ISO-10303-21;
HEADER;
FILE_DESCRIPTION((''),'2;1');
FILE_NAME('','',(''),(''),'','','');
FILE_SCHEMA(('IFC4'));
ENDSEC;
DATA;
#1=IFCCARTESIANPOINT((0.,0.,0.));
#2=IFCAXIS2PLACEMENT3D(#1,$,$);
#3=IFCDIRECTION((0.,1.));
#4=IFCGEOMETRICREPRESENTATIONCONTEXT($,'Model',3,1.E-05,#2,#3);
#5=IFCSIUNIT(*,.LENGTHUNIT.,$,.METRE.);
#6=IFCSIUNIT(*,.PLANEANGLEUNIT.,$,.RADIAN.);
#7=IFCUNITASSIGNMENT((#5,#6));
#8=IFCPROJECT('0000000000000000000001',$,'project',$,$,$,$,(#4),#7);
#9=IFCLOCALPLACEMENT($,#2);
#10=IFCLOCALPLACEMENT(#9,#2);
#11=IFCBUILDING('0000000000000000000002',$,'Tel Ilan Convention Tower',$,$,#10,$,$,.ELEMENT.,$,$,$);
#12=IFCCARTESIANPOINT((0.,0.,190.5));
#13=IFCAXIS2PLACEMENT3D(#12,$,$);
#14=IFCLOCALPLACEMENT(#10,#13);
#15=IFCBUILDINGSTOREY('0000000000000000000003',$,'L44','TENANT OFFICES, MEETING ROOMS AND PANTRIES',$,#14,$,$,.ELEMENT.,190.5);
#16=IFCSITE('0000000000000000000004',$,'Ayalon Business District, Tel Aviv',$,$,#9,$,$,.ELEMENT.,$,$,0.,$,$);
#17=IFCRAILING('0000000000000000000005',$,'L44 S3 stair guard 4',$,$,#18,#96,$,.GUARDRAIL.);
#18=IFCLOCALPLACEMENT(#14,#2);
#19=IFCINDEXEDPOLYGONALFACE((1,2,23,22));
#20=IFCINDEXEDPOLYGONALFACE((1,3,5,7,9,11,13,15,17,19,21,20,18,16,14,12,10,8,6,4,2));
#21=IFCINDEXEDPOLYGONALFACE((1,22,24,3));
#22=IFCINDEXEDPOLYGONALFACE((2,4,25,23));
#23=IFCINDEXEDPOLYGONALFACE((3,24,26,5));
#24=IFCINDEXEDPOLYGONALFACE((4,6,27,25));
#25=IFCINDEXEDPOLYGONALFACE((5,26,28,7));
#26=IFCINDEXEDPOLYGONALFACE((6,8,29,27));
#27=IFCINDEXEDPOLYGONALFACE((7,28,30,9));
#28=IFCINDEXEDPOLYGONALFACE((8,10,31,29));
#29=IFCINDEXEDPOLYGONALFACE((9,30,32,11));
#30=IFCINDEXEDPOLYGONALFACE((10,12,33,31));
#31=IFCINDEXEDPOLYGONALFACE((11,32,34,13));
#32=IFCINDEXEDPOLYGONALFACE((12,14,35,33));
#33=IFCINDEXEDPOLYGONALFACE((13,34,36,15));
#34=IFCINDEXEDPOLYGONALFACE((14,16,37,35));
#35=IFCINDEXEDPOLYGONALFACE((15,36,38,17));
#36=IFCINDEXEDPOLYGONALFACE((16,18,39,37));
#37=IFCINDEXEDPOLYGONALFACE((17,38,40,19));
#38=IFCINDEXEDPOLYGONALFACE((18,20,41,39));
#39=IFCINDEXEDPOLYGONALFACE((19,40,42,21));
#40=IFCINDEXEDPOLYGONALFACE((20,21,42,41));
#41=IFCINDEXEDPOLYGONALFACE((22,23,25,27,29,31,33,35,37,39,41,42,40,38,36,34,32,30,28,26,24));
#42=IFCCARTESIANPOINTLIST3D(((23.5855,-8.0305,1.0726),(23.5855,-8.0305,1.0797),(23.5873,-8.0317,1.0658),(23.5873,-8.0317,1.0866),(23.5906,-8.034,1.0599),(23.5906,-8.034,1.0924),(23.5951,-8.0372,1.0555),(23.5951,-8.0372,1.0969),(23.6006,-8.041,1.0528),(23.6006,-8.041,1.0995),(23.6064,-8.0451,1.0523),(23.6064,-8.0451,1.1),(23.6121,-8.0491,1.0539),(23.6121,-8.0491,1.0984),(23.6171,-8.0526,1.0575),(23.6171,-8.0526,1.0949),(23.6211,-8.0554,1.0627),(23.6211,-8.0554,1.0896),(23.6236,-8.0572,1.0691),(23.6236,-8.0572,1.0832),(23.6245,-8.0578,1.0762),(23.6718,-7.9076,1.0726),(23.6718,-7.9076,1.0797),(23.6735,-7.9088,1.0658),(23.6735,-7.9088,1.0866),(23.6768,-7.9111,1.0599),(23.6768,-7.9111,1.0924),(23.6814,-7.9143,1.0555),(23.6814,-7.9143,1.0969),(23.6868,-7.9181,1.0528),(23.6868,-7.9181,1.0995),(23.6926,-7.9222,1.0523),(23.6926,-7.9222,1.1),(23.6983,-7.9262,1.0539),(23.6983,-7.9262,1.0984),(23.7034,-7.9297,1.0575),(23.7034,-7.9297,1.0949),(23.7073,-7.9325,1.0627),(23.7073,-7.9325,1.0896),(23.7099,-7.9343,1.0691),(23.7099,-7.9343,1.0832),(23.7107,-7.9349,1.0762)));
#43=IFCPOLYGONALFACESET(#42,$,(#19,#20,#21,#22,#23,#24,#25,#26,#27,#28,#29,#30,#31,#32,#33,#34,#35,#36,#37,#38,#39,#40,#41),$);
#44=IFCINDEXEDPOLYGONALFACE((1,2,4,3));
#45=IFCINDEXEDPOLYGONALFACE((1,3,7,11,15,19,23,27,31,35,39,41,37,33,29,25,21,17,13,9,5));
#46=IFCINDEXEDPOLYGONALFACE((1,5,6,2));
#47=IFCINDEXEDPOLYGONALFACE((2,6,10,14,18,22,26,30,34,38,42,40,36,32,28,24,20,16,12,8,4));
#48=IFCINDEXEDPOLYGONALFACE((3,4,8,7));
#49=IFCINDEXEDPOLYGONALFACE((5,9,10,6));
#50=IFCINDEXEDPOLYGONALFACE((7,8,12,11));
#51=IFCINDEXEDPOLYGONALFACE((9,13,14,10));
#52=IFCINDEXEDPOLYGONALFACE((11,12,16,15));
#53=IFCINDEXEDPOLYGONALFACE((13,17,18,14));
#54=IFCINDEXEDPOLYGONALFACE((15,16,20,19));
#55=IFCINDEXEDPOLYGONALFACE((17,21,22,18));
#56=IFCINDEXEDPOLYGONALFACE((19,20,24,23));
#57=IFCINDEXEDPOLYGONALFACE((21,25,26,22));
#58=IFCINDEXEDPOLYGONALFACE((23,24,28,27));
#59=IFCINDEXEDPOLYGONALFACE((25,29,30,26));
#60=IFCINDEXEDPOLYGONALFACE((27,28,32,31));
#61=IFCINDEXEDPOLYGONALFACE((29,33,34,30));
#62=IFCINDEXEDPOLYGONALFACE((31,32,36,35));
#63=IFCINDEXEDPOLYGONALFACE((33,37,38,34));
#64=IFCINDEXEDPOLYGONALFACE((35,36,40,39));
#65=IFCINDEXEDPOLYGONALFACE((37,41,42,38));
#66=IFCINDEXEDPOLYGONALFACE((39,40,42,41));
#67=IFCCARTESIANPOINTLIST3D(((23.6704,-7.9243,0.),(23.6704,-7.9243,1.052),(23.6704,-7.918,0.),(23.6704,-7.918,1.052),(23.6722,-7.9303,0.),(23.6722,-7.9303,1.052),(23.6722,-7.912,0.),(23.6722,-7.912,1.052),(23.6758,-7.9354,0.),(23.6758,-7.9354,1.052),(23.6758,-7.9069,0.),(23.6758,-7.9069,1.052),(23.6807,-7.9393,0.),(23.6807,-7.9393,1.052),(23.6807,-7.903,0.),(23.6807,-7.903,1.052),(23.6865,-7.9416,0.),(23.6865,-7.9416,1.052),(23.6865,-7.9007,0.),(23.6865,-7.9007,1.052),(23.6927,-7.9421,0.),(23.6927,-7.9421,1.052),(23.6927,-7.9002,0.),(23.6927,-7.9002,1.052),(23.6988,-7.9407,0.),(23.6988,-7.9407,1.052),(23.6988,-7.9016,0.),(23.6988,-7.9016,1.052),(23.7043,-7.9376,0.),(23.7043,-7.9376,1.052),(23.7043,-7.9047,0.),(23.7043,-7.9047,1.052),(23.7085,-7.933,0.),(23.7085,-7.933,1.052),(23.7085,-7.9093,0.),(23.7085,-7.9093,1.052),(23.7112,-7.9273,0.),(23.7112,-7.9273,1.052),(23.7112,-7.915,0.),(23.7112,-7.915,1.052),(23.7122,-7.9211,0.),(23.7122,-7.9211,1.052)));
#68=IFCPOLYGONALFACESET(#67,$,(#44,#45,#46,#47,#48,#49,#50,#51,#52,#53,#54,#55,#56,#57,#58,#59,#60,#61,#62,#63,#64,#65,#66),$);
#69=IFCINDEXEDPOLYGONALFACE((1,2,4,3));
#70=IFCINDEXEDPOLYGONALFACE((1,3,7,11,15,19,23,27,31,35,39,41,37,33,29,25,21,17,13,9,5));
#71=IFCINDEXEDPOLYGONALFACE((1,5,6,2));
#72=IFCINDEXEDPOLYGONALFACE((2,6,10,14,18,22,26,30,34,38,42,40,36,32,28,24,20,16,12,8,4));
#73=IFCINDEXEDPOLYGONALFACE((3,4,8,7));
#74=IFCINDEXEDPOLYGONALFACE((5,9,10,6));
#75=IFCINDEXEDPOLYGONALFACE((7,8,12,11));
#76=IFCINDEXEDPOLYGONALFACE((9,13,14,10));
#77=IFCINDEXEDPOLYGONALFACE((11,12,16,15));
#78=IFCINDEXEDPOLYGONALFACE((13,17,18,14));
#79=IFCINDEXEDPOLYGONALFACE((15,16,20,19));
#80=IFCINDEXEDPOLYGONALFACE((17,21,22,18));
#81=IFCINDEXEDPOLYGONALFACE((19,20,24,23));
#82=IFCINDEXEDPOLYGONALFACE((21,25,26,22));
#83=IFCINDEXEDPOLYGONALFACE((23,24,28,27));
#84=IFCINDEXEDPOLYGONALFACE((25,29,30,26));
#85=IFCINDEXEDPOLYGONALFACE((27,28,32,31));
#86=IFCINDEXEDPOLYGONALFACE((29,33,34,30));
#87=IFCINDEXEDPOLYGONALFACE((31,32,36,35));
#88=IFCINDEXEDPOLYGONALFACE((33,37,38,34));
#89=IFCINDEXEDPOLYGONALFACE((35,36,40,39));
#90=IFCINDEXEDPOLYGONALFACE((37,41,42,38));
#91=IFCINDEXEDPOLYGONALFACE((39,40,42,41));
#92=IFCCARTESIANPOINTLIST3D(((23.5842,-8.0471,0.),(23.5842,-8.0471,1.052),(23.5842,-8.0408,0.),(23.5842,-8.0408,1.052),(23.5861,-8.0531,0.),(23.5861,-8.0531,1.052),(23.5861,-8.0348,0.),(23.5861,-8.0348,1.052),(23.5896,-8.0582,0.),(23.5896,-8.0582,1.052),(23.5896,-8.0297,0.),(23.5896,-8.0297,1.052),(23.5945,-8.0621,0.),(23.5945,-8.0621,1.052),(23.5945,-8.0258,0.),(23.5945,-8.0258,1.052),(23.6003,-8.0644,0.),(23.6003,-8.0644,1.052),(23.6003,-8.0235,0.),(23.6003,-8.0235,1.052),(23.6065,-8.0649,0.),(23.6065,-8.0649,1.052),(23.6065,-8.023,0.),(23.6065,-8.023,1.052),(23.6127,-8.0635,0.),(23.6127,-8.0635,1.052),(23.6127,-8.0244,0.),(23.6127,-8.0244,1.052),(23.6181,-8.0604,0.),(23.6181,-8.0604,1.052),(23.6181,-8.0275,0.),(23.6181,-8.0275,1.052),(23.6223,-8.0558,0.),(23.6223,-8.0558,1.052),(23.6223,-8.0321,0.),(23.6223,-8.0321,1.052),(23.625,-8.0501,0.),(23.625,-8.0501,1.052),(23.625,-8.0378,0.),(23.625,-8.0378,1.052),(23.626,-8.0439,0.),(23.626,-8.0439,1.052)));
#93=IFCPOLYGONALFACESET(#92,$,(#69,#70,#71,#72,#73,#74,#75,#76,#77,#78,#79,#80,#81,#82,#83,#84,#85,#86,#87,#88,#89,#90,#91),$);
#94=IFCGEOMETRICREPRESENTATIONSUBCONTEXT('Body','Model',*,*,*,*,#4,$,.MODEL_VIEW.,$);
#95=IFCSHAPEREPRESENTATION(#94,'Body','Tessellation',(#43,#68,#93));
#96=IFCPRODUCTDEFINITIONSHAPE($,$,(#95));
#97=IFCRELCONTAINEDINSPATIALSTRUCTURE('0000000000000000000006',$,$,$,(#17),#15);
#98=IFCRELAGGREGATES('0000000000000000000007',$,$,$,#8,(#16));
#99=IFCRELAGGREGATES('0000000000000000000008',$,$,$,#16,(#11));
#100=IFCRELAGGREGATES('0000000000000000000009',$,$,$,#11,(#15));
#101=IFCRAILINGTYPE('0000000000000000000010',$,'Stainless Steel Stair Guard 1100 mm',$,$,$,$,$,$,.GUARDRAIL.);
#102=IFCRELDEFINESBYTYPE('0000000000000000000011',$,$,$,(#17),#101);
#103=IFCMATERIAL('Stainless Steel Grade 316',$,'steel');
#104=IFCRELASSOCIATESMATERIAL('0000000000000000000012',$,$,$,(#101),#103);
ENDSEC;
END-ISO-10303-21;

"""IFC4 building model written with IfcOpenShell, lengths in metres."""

from ifc_helpers import new_model, si_unit, direction, frame, origin, origin_2d, place, context, subcontext, project, spatial, circle, extrude, material, type_object, element, save


model = new_model("IFC4")

# Units and contexts
model_context = context("Model", 3, precision=1e-05, world=origin(), true_north=direction((0.0, 1.0)))
body_context = subcontext(model_context, "Body", "Model", "MODEL_VIEW")
ifc_project = project(units=[si_unit("LENGTHUNIT", "METRE"), si_unit("PLANEANGLEUNIT", "RADIAN")], contexts=[model_context])

# Site, building, storey
site_placement = place(None, origin())
site = spatial("IfcSite", under=ifc_project, at=site_placement, Name="Ayalon Business District, Tel Aviv", CompositionType="ELEMENT", RefElevation=0.0)
building_placement = place(site_placement, origin())
building = spatial("IfcBuilding", under=site, at=building_placement, Name="Tel Ilan Convention Tower", CompositionType="ELEMENT")
storey_placement = place(building_placement, frame((0.0, 0.0, 190.5)))
storey = spatial("IfcBuildingStorey", under=building, at=storey_placement, Name="L44", Description="TENANT OFFICES, MEETING ROOMS AND PANTRIES", CompositionType="ELEMENT", Elevation=190.5)

# Railing
ifc_material_1 = material(Name="Stainless Steel Grade 316", Category="steel")
railing_type_1 = type_object("IfcRailingType", Name="Stainless Steel Stair Guard 1100 mm", PredefinedType="GUARDRAIL", material=ifc_material_1)
railing_1_placement = place(storey_placement, frame((23.6912, -7.9211, 0.0)))
element("IfcRailing", 1, at=railing_1_placement, inside=storey, type_object=railing_type_1, Name="L44 S3 stair guard 4", PredefinedType="GUARDRAIL", context=body_context, shape_type="SweptSolid", body=[
    extrude(circle(Radius=0.0239, at=origin_2d()), frame((0.0, 0.0, 1.0762), z_axis=(-0.574445, -0.818543, 0.0), x_axis=(0.818543, -0.574445, 0.0)), (0.0, 0.0, 1.0), 0.1501),
    extrude(circle(Radius=0.021, at=origin_2d()), origin(), (0.0, 0.0, 1.0), 1.052),
    extrude(circle(Radius=0.021, at=origin_2d()), frame((-0.0862, -0.1228, 0.0)), (0.0, 0.0, 1.0), 1.052),
])

save(model, "model.ifc")
